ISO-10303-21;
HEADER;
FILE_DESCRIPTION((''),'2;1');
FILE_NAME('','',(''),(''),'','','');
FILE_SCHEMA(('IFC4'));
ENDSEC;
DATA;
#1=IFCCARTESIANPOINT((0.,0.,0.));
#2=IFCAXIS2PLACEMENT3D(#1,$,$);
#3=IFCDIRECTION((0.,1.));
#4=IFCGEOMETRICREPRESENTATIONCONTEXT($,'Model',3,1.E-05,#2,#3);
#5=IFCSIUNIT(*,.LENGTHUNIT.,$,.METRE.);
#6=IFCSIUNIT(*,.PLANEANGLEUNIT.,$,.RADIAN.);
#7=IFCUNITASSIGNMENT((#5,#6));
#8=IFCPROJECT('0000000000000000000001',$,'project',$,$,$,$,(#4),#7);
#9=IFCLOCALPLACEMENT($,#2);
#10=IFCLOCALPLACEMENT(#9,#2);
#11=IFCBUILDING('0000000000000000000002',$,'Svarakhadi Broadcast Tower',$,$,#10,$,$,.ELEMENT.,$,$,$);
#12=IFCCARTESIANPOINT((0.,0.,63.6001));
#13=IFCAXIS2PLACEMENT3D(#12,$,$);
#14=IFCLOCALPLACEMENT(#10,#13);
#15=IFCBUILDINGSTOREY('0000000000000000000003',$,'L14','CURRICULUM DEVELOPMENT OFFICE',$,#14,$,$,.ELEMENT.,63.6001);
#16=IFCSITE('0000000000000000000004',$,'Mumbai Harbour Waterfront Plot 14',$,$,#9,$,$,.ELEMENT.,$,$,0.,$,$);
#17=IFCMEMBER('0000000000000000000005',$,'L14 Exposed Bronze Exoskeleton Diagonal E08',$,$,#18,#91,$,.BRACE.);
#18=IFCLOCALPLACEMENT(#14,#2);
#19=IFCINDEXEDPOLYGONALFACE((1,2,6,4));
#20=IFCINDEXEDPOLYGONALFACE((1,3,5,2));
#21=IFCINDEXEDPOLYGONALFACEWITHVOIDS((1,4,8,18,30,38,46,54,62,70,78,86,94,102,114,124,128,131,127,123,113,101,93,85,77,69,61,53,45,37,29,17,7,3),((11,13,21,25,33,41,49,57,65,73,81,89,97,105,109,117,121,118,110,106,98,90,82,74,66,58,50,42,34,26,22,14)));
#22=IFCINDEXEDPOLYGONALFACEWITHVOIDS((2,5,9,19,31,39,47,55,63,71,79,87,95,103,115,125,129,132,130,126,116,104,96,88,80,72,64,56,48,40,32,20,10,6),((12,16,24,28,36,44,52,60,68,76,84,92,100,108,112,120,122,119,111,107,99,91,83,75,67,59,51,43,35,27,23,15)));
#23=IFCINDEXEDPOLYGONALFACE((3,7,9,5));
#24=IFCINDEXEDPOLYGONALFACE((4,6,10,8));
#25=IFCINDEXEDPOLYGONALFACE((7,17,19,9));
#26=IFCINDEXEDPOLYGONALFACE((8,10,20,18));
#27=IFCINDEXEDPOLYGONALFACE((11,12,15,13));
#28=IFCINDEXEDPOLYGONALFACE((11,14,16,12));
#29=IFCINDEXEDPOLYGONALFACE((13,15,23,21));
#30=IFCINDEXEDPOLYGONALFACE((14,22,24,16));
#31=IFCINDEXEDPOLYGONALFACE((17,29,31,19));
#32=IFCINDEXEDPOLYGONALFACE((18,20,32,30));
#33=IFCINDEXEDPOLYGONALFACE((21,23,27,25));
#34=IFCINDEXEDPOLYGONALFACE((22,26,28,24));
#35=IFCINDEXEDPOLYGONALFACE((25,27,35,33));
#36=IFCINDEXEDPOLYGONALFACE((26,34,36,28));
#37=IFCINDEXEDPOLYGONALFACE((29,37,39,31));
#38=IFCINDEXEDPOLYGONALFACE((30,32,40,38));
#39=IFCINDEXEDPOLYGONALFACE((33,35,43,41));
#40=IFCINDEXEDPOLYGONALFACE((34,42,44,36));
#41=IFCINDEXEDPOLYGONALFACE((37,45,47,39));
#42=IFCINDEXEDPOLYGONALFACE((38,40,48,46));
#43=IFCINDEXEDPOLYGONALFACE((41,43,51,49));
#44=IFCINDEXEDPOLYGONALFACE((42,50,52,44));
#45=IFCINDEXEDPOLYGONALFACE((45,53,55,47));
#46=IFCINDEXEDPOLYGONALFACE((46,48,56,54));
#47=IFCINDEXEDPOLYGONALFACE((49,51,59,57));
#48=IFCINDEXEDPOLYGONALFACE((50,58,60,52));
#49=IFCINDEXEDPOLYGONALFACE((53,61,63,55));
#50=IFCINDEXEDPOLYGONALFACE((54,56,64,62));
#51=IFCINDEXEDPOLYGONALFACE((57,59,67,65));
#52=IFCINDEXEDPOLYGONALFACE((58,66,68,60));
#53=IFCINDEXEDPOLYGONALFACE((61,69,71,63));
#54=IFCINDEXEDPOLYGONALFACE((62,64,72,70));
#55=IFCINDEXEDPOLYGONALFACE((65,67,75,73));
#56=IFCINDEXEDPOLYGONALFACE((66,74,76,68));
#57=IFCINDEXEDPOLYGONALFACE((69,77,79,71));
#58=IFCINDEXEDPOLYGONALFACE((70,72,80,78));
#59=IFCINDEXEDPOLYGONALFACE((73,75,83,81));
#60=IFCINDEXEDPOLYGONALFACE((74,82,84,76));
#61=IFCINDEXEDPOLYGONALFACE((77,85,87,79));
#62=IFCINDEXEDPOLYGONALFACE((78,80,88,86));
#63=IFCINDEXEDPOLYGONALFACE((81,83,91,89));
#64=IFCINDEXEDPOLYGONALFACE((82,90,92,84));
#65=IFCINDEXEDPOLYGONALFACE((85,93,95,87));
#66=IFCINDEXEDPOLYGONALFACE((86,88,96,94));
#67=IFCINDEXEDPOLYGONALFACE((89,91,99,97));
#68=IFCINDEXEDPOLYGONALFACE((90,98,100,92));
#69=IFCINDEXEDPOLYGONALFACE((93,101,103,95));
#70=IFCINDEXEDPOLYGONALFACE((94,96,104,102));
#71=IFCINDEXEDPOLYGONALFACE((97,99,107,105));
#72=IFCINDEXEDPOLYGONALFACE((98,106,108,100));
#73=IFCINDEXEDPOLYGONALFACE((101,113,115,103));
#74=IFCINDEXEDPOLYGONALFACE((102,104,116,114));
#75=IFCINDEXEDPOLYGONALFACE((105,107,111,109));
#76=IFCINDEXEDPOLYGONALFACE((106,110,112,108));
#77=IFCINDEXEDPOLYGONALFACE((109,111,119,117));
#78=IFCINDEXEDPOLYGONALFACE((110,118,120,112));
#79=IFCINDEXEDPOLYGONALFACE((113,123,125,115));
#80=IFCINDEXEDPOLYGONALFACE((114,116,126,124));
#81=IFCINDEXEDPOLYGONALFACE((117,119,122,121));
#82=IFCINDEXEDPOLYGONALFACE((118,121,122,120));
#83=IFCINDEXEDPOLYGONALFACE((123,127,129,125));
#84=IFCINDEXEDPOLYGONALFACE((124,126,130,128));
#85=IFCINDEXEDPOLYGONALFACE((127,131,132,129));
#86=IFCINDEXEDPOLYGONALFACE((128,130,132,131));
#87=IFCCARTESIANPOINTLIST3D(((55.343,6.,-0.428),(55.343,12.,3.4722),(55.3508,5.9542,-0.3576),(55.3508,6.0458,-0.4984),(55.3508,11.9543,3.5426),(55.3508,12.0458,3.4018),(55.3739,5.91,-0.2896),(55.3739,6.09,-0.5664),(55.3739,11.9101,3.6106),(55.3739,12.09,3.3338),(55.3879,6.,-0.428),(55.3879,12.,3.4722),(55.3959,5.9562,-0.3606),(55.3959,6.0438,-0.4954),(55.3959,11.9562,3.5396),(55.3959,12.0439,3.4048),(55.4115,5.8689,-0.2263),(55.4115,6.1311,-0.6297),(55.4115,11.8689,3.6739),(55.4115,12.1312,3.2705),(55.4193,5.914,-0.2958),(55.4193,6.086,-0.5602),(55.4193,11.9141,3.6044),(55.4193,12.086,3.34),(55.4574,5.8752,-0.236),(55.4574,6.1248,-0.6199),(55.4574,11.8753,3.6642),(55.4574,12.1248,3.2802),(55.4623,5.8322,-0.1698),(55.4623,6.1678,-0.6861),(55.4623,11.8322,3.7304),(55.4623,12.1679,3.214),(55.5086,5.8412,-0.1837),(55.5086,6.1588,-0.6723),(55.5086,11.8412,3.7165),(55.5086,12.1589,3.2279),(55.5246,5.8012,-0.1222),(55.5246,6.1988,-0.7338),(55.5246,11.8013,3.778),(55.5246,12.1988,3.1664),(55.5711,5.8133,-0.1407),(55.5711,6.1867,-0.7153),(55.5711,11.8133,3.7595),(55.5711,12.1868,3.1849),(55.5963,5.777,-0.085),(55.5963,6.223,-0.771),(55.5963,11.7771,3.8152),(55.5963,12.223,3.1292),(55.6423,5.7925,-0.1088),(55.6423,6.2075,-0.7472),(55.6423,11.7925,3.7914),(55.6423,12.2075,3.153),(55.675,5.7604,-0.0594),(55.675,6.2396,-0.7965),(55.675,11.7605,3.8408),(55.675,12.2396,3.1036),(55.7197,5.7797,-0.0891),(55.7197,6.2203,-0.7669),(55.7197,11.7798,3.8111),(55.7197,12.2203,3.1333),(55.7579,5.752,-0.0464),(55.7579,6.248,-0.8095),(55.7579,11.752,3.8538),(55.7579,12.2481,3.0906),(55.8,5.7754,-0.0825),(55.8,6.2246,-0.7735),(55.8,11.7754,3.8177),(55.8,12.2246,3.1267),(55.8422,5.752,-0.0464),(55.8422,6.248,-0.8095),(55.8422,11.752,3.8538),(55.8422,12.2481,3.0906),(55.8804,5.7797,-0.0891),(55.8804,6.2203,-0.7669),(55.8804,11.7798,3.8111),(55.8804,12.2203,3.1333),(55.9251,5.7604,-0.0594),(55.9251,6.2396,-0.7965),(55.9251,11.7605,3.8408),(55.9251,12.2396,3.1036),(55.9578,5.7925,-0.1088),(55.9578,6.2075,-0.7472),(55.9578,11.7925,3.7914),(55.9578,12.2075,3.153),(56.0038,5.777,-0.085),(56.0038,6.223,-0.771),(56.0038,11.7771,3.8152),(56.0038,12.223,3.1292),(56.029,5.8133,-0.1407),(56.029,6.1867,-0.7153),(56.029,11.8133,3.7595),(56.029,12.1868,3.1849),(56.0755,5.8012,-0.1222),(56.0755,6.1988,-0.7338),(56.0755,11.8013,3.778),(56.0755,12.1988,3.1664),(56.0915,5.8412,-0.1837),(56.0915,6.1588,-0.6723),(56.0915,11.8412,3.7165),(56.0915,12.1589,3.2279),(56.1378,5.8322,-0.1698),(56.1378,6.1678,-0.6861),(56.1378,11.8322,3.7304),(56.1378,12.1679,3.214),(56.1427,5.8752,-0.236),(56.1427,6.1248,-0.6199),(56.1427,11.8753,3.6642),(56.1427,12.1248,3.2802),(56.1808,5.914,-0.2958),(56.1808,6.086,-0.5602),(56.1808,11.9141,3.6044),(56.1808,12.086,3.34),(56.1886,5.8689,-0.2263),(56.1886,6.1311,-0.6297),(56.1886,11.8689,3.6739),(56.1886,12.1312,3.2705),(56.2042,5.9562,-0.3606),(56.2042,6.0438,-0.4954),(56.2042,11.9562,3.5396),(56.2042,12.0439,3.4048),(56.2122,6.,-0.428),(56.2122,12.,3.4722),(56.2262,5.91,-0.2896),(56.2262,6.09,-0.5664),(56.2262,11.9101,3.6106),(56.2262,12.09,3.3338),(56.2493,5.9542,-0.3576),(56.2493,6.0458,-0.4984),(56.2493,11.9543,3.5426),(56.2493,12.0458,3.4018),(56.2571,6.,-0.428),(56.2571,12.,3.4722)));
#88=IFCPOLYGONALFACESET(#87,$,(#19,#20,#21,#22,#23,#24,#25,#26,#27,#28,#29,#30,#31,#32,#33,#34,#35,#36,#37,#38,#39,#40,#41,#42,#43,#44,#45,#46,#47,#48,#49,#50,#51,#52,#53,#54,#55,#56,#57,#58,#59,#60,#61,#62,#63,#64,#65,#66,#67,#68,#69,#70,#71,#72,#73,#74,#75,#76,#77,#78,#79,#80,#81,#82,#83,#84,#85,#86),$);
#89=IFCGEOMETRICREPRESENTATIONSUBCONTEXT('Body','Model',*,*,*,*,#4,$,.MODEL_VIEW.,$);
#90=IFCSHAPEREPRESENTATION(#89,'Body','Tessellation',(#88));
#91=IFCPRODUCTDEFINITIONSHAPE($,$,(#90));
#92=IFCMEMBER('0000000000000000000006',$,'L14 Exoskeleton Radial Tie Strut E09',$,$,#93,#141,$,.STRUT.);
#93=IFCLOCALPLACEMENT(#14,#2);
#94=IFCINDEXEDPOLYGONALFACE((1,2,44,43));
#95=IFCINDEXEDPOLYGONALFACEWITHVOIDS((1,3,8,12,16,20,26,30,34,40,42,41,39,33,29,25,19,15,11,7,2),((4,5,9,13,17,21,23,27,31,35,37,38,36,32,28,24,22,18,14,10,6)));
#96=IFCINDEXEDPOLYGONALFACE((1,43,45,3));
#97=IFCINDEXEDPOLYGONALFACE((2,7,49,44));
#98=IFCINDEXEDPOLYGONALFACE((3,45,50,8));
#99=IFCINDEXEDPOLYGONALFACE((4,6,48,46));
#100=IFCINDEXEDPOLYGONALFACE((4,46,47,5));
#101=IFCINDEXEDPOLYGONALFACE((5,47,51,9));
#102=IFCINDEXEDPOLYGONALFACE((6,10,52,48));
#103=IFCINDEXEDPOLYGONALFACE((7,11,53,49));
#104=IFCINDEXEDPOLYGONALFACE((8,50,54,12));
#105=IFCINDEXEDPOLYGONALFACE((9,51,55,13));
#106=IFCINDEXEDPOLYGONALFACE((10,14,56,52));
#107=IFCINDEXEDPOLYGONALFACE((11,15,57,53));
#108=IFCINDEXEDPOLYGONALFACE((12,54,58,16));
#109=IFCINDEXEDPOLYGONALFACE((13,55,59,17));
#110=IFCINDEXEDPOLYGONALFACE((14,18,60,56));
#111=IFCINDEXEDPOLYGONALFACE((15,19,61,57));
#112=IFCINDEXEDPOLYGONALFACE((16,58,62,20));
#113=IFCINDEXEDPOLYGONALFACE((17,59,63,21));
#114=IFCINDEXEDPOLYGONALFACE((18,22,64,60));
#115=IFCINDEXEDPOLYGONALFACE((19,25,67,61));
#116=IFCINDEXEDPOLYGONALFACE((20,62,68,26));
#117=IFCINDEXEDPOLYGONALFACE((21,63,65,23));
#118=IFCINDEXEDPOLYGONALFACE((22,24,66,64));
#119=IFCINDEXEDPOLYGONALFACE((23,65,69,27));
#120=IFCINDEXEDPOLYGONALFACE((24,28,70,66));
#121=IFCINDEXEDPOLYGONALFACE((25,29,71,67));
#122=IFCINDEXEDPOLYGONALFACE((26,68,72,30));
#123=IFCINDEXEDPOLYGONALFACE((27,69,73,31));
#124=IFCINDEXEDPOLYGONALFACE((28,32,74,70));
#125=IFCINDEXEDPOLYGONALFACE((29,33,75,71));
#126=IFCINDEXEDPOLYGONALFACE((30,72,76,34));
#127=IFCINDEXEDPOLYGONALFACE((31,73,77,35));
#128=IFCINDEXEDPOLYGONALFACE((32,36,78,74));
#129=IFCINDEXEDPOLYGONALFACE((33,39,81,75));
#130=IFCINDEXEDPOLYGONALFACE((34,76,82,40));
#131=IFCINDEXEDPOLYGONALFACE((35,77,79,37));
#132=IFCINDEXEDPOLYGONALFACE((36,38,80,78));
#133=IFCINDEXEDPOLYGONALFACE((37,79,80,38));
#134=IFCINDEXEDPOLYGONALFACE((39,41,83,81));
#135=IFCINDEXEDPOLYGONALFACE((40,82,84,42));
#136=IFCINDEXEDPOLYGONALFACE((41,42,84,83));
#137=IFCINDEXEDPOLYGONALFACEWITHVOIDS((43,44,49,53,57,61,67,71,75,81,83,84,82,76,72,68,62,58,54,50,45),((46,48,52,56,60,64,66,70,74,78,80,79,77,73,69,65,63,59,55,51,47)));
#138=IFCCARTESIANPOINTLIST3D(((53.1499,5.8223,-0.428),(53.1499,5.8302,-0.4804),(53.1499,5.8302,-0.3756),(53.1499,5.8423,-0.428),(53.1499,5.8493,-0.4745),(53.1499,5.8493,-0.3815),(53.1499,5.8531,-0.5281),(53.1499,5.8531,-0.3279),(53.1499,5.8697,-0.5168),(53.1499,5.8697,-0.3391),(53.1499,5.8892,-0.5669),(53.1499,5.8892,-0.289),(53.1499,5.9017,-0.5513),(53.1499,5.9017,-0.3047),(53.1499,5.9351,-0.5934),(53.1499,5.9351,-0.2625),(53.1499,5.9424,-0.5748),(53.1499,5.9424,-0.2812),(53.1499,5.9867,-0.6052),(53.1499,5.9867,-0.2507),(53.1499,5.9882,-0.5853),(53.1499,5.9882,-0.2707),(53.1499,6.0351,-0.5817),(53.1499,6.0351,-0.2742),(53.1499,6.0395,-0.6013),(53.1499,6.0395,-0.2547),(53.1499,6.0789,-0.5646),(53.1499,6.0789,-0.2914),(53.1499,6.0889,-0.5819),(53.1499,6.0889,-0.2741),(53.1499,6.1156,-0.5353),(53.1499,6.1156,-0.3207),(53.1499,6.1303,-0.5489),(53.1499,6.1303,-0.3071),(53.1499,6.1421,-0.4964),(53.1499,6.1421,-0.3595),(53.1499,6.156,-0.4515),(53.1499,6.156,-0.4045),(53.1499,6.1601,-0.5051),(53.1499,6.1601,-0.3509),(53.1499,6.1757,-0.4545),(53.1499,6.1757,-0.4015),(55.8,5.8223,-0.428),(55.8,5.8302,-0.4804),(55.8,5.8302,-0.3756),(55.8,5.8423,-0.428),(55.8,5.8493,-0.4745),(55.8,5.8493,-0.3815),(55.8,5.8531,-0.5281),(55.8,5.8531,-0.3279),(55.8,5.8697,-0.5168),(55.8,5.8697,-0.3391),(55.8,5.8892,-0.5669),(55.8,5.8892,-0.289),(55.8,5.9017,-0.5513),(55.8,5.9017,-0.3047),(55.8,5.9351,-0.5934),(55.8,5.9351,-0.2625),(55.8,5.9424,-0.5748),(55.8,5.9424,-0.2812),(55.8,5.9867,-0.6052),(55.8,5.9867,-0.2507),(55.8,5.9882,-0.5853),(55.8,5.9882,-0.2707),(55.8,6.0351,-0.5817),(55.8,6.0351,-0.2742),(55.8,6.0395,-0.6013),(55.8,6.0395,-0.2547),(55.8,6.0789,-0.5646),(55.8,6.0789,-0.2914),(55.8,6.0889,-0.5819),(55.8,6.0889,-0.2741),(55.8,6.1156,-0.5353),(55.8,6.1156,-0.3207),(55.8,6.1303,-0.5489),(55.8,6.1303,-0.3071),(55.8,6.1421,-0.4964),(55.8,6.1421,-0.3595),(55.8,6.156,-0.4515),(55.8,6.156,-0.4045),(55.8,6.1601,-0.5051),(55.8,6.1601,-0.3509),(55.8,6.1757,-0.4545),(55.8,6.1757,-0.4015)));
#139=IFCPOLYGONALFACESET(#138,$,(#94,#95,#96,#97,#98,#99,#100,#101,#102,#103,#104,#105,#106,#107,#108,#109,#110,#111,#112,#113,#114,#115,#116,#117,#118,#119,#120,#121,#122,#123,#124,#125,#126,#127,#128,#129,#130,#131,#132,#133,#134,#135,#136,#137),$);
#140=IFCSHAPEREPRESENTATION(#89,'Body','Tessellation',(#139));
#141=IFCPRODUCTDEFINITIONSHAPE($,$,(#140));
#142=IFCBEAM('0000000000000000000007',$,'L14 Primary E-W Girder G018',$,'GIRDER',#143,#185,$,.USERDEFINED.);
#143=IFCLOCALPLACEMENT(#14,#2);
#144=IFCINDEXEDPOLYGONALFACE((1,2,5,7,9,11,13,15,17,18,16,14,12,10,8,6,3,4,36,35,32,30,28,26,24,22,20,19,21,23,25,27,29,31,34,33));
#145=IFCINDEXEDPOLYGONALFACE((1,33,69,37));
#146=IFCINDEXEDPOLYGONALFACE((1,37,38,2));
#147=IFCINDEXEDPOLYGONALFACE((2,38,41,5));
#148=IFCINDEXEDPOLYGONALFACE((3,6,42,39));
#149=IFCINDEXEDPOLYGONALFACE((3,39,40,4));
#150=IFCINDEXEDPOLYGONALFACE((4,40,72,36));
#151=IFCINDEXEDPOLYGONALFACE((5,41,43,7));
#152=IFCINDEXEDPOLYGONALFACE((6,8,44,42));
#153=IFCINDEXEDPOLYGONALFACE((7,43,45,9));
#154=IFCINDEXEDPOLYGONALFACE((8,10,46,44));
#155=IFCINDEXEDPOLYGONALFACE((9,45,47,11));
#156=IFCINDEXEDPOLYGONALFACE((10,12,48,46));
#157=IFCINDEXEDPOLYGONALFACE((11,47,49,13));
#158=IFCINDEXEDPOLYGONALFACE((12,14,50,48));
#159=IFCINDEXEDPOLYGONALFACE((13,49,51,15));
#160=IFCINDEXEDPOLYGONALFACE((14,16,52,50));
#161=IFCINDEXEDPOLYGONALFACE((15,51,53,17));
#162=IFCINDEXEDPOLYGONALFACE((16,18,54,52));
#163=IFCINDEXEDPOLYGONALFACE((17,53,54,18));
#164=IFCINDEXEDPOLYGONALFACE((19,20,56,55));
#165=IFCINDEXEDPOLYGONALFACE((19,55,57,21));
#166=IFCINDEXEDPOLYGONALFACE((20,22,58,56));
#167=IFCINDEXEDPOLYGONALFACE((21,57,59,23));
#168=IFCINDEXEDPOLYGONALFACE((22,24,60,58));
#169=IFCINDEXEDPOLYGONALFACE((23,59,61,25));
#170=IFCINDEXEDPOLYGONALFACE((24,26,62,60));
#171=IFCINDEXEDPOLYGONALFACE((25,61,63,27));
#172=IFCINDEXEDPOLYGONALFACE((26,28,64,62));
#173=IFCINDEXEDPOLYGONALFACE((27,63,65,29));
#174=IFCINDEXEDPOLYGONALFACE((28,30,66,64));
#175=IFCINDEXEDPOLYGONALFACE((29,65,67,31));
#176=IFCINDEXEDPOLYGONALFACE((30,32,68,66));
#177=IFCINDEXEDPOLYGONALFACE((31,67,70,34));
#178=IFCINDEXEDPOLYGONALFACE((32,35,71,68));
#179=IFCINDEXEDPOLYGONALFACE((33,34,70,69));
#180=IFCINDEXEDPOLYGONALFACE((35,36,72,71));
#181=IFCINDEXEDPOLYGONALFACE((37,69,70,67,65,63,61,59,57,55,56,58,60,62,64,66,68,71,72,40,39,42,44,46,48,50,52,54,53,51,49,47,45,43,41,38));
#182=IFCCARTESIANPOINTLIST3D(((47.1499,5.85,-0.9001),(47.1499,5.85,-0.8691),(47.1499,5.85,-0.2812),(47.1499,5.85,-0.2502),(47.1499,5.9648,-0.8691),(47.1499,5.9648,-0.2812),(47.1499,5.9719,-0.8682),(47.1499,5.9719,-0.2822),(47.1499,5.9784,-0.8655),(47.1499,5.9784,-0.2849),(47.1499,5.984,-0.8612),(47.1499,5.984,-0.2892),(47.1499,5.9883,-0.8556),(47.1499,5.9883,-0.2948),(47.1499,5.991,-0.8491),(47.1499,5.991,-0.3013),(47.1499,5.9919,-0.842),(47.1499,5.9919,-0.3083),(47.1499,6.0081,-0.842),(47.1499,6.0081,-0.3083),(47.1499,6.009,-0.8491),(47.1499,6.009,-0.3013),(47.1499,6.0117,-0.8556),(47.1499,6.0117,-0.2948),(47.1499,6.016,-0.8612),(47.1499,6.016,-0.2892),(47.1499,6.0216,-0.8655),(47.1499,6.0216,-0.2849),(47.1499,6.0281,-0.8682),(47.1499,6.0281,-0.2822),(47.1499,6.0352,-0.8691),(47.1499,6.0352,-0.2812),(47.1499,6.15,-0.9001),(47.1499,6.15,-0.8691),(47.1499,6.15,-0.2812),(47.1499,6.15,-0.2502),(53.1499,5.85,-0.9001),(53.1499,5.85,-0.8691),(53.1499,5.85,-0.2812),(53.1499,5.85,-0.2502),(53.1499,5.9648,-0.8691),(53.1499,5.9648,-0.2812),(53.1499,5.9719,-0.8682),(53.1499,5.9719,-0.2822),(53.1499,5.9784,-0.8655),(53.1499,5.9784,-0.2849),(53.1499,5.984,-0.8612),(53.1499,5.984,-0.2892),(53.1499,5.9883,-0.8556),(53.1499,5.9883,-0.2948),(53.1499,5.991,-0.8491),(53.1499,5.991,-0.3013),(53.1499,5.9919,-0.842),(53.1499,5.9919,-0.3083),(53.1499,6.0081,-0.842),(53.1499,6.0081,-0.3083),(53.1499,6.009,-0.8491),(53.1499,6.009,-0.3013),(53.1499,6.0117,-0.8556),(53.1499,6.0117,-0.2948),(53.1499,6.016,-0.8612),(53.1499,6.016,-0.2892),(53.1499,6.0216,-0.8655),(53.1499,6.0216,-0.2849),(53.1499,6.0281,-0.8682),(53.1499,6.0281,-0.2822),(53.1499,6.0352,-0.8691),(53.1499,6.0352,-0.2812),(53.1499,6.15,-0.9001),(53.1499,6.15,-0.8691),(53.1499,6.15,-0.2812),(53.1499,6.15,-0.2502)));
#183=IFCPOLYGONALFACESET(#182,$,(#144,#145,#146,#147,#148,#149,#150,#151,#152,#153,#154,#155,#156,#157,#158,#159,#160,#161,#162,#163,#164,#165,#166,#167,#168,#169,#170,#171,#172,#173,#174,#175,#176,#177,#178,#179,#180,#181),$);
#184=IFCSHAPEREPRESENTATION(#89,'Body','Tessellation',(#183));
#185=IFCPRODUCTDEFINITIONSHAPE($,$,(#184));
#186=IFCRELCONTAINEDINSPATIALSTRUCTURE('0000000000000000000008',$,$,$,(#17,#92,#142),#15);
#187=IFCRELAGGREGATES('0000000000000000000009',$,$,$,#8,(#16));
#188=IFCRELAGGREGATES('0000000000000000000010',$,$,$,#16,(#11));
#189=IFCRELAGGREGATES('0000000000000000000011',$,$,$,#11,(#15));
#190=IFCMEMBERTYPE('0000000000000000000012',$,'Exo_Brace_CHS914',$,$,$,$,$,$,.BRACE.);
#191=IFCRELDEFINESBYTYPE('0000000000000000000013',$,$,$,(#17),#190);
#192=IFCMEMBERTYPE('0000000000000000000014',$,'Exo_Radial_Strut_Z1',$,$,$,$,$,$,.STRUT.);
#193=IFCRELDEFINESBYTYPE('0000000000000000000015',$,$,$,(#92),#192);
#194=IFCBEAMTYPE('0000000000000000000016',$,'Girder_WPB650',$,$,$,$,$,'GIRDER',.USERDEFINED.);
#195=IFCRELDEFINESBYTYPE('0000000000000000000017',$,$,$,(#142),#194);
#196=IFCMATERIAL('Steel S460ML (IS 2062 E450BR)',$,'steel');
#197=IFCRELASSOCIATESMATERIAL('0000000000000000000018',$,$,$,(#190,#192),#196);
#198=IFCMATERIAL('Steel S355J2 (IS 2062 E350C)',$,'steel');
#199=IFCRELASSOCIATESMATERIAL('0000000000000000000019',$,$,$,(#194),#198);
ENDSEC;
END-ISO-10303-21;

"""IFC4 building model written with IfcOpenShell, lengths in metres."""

from ifc_helpers import new_model, si_unit, direction, frame, origin, origin_2d, place, context, subcontext, project, spatial, hollow_circle, i_section, extrude, material, material_profile, profile_set, type_object, element, save


model = new_model("IFC4")

# Units and contexts
model_context = context("Model", 3, precision=1e-05, world=origin(), true_north=direction((0.0, 1.0)))
body_context = subcontext(model_context, "Body", "Model", "MODEL_VIEW")
ifc_project = project(units=[si_unit("LENGTHUNIT", "METRE"), si_unit("PLANEANGLEUNIT", "RADIAN")], contexts=[model_context])

# Site, building, storey
site_placement = place(None, origin())
site = spatial("IfcSite", under=ifc_project, at=site_placement, Name="Mumbai Harbour Waterfront Plot 14", CompositionType="ELEMENT", RefElevation=0.0)
building_placement = place(site_placement, origin())
building = spatial("IfcBuilding", under=site, at=building_placement, Name="Svarakhadi Broadcast Tower", CompositionType="ELEMENT")
storey_placement = place(building_placement, frame((0.0, 0.0, 63.6001)))
storey = spatial("IfcBuildingStorey", under=building, at=storey_placement, Name="L14", Description="CURRICULUM DEVELOPMENT OFFICE", CompositionType="ELEMENT", Elevation=63.6001)

# Members
ifc_material_1 = material(Name="Steel S460ML (IS 2062 E450BR)", Category="steel")
ifc_material_profile_1 = material_profile(ifc_material_1, hollow_circle(Radius=0.457, WallThickness=0.0449, at=origin_2d()), Name="CHS 914x45")
ifc_profile_set_1 = profile_set([ifc_material_profile_1], Name="Steel S460ML (IS 2062 E450BR)")
member_type_1 = type_object("IfcMemberType", Name="Exo_Brace_CHS914", PredefinedType="BRACE", material=ifc_profile_set_1)
member_1_placement = place(storey_placement, frame((55.8, 6.0, -0.428), z_axis=(0.0, 0.838434, 0.545003), x_axis=(-1.0, 0.0, 0.0)))
element("IfcMember", 1, at=member_1_placement, inside=storey, type_object=member_type_1, Name="L14 Exposed Bronze Exoskeleton Diagonal E08", PredefinedType="BRACE", context=body_context, shape_type="SweptSolid", body=[
    extrude(hollow_circle(Radius=0.457, WallThickness=0.0449, at=origin_2d()), origin(), (0.0, 0.0, 1.0), 7.1562),
])
ifc_material_profile_2 = material_profile(ifc_material_1, hollow_circle(Radius=0.1777, WallThickness=0.02, at=origin_2d()), Name="CHS 355.6x20")
ifc_profile_set_2 = profile_set([ifc_material_profile_2], Name="Steel S460ML (IS 2062 E450BR)")
member_type_2 = type_object("IfcMemberType", Name="Exo_Radial_Strut_Z1", PredefinedType="STRUT", material=ifc_profile_set_2)
member_2_placement = place(storey_placement, frame((55.8, 6.0, -0.428), z_axis=(-1.0, 0.0, 0.0), x_axis=(0.0, -1.0, 0.0)))
element("IfcMember", 2, at=member_2_placement, inside=storey, type_object=member_type_2, Name="L14 Exoskeleton Radial Tie Strut E09", PredefinedType="STRUT", context=body_context, shape_type="SweptSolid", body=[
    extrude(hollow_circle(Radius=0.1777, WallThickness=0.02, at=origin_2d()), origin(), (0.0, 0.0, 1.0), 2.6501),
])

# Beam
ifc_material_2 = material(Name="Steel S355J2 (IS 2062 E350C)", Category="steel")
ifc_material_profile_3 = material_profile(ifc_material_2, i_section(OverallWidth=0.3, OverallDepth=0.6499, WebThickness=0.0161, FlangeThickness=0.031, FilletRadius=0.0271, at=origin_2d()), Name="WPB 650x300x225")
ifc_profile_set_3 = profile_set([ifc_material_profile_3], Name="Steel S355J2 (IS 2062 E350C)")
beam_type = type_object("IfcBeamType", Name="Girder_WPB650", ElementType="GIRDER", PredefinedType="USERDEFINED", material=ifc_profile_set_3)
for number, where, z_axis, x_axis, name in (
    (3, (47.1499, 6.0, -0.5752), (1.0, 0.0, 0.0), (0.0, 1.0, 0.0), "L14 Primary E-W Girder G018"),
):
    element("IfcBeam", number, at=place(storey_placement, frame(where, z_axis=z_axis, x_axis=x_axis)), inside=storey, type_object=beam_type, Name=name, ObjectType="GIRDER", PredefinedType="USERDEFINED", context=body_context, shape_type="SweptSolid", body=[
        extrude(i_section(OverallWidth=0.3, OverallDepth=0.6499, WebThickness=0.0161, FlangeThickness=0.031, FilletRadius=0.0271, at=origin_2d()), origin(), (0.0, 0.0, 1.0), 6.0),
    ])

save(model, "model.ifc")
